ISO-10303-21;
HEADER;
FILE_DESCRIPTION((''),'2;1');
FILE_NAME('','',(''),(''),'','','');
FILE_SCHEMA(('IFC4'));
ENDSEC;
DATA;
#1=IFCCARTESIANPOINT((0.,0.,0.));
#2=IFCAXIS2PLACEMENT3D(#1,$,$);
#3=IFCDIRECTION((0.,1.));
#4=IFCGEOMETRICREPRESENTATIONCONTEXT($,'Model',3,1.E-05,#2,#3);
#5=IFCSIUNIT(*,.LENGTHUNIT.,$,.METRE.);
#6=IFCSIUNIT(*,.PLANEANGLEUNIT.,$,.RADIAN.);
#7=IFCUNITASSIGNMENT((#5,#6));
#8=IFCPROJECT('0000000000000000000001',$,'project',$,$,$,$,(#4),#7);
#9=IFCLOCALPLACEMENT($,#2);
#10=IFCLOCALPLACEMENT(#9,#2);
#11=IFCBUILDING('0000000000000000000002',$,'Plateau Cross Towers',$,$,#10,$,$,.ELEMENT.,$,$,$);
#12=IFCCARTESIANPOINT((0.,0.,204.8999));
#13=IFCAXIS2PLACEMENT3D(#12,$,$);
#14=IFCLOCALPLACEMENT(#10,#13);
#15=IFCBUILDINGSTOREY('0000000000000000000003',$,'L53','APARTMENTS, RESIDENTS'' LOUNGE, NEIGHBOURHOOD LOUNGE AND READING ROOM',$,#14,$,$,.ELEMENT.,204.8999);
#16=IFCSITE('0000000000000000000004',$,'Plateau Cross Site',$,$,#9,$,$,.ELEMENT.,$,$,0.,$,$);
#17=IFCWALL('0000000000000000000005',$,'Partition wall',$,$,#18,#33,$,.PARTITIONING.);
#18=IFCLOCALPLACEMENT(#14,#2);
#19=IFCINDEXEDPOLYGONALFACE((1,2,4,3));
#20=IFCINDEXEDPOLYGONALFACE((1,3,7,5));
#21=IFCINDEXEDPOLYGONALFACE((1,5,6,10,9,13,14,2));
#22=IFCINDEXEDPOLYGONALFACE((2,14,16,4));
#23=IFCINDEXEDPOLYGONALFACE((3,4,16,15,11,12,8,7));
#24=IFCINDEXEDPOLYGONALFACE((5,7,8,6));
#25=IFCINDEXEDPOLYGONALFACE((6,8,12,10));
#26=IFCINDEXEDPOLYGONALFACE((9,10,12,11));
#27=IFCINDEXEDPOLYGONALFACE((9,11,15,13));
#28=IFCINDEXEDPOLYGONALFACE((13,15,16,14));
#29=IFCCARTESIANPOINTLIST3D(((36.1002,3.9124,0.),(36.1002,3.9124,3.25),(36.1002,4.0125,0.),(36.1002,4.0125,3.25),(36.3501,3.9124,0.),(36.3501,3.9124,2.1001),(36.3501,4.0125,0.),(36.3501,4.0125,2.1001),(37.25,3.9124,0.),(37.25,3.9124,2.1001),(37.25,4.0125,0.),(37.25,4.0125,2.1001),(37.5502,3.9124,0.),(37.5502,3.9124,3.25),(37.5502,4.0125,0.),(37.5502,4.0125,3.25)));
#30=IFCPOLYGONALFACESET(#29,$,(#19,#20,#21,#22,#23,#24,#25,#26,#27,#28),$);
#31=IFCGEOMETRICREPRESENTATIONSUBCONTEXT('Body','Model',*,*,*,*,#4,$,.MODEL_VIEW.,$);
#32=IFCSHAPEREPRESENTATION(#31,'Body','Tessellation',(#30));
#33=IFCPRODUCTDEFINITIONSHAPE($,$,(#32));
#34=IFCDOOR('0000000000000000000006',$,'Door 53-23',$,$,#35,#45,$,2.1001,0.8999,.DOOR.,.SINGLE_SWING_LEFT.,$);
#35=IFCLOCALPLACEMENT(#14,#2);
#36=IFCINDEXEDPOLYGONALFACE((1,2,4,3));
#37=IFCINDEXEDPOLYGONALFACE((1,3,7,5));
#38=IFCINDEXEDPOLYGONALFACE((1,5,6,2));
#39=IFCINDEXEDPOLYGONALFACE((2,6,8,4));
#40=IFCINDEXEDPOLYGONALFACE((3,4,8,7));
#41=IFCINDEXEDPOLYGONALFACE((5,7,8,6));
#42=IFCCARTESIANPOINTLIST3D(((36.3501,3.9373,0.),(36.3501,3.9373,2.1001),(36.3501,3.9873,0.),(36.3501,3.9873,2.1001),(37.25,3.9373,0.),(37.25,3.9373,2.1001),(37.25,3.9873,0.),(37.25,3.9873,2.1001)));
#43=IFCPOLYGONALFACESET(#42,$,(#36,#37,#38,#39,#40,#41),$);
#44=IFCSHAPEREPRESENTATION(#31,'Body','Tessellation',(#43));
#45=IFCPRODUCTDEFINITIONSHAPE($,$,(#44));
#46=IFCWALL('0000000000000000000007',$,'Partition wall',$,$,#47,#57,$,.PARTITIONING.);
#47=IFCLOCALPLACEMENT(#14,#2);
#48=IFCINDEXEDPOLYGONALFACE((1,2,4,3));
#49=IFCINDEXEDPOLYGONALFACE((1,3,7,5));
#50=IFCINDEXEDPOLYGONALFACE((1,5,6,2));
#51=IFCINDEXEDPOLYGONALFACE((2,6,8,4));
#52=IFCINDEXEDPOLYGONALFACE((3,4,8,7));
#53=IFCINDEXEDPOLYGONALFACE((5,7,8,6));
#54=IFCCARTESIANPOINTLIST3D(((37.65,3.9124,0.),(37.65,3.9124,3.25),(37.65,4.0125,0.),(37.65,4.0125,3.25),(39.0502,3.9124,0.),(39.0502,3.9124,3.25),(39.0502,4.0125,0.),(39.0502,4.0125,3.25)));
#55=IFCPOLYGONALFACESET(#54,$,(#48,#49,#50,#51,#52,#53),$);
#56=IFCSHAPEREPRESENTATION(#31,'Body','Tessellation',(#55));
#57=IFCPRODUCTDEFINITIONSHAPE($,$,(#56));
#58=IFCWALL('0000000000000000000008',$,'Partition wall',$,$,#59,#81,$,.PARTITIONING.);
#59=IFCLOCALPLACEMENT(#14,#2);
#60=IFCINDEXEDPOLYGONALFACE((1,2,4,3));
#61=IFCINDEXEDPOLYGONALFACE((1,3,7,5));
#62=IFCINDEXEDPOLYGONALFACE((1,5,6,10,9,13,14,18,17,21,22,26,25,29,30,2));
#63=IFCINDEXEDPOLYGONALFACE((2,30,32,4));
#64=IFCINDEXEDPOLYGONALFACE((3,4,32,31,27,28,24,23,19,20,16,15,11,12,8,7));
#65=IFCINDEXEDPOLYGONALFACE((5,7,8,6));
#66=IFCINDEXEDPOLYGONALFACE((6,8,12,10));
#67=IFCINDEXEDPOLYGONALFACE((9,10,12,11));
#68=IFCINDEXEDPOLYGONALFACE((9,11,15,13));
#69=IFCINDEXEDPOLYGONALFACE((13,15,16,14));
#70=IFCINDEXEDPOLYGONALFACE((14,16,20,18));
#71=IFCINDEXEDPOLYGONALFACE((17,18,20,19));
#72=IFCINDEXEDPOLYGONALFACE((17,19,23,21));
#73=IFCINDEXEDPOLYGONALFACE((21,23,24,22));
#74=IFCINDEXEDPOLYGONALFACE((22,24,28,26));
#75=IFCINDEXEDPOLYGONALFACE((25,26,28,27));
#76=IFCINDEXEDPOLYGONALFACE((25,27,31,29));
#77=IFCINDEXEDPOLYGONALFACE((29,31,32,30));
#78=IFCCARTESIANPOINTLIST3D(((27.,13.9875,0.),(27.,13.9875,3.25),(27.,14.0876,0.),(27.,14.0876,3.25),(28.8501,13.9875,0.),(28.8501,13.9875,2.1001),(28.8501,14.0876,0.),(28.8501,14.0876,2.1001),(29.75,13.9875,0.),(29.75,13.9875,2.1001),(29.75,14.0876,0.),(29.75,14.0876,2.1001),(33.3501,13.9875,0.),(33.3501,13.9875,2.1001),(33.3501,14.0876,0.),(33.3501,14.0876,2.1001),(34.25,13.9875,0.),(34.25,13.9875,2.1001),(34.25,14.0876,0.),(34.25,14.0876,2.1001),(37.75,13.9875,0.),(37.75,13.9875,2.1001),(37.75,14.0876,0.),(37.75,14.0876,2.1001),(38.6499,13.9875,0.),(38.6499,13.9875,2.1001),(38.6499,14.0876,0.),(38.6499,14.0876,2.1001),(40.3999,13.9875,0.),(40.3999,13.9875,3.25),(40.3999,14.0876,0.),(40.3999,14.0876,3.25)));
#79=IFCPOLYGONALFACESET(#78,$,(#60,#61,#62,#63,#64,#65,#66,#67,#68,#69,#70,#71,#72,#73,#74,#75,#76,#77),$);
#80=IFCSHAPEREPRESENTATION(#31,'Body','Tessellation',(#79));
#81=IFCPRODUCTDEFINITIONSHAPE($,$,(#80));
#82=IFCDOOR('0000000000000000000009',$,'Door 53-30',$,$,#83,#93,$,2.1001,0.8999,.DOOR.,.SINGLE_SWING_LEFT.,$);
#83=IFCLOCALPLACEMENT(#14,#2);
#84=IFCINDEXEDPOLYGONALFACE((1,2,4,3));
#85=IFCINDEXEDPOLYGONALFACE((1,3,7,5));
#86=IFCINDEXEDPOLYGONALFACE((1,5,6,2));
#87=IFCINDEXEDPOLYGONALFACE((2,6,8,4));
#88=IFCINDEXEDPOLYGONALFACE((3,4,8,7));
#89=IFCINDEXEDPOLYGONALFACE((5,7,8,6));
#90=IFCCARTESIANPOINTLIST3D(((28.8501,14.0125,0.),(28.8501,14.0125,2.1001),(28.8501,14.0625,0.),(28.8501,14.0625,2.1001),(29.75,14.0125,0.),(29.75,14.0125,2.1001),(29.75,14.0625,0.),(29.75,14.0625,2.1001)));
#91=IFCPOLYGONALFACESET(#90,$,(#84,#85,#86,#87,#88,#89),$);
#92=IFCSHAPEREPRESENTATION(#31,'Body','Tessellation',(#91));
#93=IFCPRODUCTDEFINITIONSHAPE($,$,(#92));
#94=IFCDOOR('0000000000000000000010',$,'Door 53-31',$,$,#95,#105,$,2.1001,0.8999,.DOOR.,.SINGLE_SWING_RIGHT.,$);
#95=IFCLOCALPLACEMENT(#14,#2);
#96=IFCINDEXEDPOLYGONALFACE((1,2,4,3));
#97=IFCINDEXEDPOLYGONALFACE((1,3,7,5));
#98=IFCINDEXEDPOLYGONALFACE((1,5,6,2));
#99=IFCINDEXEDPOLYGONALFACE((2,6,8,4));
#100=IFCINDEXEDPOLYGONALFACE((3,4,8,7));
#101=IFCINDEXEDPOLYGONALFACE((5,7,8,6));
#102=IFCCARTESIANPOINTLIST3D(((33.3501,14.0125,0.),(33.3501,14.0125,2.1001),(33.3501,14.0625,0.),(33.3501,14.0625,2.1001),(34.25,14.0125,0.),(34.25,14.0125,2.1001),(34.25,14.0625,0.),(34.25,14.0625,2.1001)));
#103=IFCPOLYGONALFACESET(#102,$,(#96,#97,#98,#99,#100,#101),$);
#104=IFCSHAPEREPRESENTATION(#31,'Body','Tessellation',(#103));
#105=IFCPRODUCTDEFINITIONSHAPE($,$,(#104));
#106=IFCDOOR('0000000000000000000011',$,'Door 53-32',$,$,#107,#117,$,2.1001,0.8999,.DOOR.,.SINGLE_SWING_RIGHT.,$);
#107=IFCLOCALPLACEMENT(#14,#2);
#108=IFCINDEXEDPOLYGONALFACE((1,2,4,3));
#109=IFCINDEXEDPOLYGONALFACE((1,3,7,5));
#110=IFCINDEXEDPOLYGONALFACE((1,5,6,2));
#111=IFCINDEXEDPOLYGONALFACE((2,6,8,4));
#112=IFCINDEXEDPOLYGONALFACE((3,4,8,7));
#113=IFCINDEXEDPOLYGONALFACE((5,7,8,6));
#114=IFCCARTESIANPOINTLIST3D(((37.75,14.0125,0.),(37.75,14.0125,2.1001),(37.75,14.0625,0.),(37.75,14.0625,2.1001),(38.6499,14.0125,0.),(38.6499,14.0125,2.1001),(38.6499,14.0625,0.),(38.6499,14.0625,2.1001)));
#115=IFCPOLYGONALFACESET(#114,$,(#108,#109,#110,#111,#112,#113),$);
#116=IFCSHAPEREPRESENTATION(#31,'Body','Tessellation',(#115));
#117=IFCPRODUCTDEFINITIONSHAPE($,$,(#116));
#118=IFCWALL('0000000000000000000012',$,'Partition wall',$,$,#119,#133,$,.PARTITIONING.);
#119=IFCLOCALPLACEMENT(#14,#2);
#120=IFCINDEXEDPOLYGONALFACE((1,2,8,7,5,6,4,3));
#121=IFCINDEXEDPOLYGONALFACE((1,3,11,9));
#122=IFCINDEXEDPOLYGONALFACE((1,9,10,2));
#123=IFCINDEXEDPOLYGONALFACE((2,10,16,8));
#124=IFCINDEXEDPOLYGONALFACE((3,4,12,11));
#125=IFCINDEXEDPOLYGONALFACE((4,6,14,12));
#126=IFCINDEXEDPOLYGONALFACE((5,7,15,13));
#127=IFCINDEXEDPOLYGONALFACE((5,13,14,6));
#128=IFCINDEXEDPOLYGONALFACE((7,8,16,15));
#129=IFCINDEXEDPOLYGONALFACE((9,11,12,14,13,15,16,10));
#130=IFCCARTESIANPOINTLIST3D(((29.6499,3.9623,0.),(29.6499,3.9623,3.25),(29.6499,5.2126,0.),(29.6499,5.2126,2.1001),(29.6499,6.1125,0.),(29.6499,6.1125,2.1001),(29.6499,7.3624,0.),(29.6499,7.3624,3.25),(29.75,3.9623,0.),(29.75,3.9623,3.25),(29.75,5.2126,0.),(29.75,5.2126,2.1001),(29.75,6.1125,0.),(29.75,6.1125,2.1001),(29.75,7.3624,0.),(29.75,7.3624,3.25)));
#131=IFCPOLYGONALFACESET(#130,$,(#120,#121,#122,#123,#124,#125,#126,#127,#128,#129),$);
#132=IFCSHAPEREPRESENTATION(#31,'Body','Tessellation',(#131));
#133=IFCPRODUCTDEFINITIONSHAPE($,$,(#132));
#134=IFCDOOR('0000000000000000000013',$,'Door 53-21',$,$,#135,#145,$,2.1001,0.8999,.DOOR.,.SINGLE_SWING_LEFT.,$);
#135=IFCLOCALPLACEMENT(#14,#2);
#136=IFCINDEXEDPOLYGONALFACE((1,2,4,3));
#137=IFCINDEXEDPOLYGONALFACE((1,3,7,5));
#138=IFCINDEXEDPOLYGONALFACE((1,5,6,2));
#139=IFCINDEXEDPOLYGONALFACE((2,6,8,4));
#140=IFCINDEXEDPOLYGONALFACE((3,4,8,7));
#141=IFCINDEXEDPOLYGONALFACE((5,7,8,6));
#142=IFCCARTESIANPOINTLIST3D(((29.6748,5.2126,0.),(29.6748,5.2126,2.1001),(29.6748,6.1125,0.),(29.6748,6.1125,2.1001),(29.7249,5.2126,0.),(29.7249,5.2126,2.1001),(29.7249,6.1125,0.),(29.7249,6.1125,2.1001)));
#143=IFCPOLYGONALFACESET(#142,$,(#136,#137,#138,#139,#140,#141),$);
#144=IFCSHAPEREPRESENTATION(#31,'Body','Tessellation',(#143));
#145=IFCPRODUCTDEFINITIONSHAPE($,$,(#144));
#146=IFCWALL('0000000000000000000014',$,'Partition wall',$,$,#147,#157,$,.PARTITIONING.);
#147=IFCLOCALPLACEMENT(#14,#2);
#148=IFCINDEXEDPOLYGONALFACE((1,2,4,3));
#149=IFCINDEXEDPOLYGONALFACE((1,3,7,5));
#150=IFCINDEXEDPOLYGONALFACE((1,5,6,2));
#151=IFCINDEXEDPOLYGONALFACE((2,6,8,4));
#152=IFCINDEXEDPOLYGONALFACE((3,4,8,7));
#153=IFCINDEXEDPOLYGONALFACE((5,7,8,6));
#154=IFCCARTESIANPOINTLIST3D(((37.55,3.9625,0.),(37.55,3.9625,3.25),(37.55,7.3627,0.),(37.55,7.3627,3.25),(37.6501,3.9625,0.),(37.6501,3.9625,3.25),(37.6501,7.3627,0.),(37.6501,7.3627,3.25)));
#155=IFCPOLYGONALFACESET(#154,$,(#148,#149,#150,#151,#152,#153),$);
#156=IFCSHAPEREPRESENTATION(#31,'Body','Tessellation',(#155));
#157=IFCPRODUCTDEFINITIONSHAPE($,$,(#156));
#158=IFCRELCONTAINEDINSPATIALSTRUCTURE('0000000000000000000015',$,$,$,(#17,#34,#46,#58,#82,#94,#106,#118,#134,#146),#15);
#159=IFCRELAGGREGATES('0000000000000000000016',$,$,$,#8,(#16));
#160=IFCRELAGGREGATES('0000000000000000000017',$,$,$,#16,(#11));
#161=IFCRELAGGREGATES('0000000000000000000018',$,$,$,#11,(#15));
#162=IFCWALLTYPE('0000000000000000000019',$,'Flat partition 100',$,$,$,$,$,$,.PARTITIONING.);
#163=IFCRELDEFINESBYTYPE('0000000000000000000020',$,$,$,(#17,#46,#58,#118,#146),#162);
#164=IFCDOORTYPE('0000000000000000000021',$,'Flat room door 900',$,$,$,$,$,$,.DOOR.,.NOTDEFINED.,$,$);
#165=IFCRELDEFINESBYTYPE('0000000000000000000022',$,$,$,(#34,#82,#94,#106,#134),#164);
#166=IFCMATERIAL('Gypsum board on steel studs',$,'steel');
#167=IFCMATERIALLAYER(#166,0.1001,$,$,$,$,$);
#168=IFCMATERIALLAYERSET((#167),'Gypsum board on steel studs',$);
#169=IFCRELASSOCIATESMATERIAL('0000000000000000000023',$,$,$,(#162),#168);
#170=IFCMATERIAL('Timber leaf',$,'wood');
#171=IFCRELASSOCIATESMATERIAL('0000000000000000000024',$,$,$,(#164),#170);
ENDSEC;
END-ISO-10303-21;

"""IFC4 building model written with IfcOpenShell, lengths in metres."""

from ifc_helpers import new_model, si_unit, direction, frame, frame_2d, origin, place, context, subcontext, project, spatial, rectangle, extrude, material, layer, layer_set, type_object, element, fill, save


model = new_model("IFC4")

# Units and contexts
model_context = context("Model", 3, precision=1e-05, world=origin(), true_north=direction((0.0, 1.0)))
body_context = subcontext(model_context, "Body", "Model", "MODEL_VIEW")
ifc_project = project(units=[si_unit("LENGTHUNIT", "METRE"), si_unit("PLANEANGLEUNIT", "RADIAN")], contexts=[model_context])

# Site, building, storey
site_placement = place(None, origin())
site = spatial("IfcSite", under=ifc_project, at=site_placement, Name="Plateau Cross Site", CompositionType="ELEMENT", RefElevation=0.0)
building_placement = place(site_placement, origin())
building = spatial("IfcBuilding", under=site, at=building_placement, Name="Plateau Cross Towers", CompositionType="ELEMENT")
storey_placement = place(building_placement, frame((0.0, 0.0, 204.8999)))
storey = spatial("IfcBuildingStorey", under=building, at=storey_placement, Name="L53", Description="APARTMENTS, RESIDENTS' LOUNGE, NEIGHBOURHOOD LOUNGE AND READING ROOM", CompositionType="ELEMENT", Elevation=204.8999)

# Shared definitions
ifc_material_1 = material(Name="Gypsum board on steel studs", Category="steel")
ifc_layer_1 = layer(ifc_material_1, 0.1001)
ifc_layer_set_1 = layer_set([ifc_layer_1], Name="Gypsum board on steel studs")
wall_type_1 = type_object("IfcWallType", Name="Flat partition 100", PredefinedType="PARTITIONING", material=ifc_layer_set_1)
ifc_material_2 = material(Name="Timber leaf", Category="wood")
door_type_1 = type_object("IfcDoorType", Name="Flat room door 900", OperationType="NOTDEFINED", PredefinedType="DOOR", material=ifc_material_2)

# Wall, opening, door
wall_1_placement = place(storey_placement, frame((36.1001, 3.9624, 0.0), z_axis=(0.0, 0.0, 1.0), x_axis=(1.0, 0.0, 0.0)))
wall_1 = element("IfcWall", 1, at=wall_1_placement, inside=storey, type_object=wall_type_1, Name="Partition wall", PredefinedType="PARTITIONING", context=body_context, shape_type="SweptSolid", body=[
    extrude(rectangle(XDim=1.45, YDim=0.1001, at=frame_2d((0.7251, 0.0))), origin(), (0.0, 0.0, 1.0), 3.25),
])
opening_1_placement = place(wall_1_placement, frame((0.25, 0.0, 0.0)))
opening_1 = element("IfcOpeningElement", 2, at=opening_1_placement, cuts=wall_1, PredefinedType="OPENING", context=body_context, shape_type="SweptSolid", body=[
    extrude(rectangle(XDim=0.8999, YDim=2.1001, at=frame_2d((0.45, 1.05))), frame((0.0, 0.0601, 0.0), z_axis=(0.0, -1.0, 0.0), x_axis=(1.0, 0.0, 0.0)), (0.0, 0.0, 1.0), 0.1201),
])
door_1_placement = place(opening_1_placement, origin())
door_1 = element("IfcDoor", 3, at=door_1_placement, inside=storey, type_object=door_type_1, Name="Door 53-23", OperationType="SINGLE_SWING_LEFT", OverallHeight=2.1001, OverallWidth=0.8999, PredefinedType="DOOR", context=body_context, shape_type="SweptSolid", body=[
    extrude(rectangle(XDim=0.8999, YDim=2.1001, at=frame_2d((0.45, 1.05))), frame((0.0, 0.0249, 0.0), z_axis=(0.0, -1.0, 0.0), x_axis=(1.0, 0.0, 0.0)), (0.0, 0.0, 1.0), 0.05),
])
fill(opening_1, door_1)

# Wall
wall_2_placement = place(storey_placement, frame((37.6499, 3.9624, 0.0), z_axis=(0.0, 0.0, 1.0), x_axis=(1.0, 0.0, 0.0)))
element("IfcWall", 4, at=wall_2_placement, inside=storey, type_object=wall_type_1, Name="Partition wall", PredefinedType="PARTITIONING", context=body_context, shape_type="SweptSolid", body=[
    extrude(rectangle(XDim=1.4001, YDim=0.1001, at=frame_2d((0.7002, 0.0))), origin(), (0.0, 0.0, 1.0), 3.25),
])

# Wall, openings, doors
wall_3_placement = place(storey_placement, frame((27.0, 14.0376, 0.0), z_axis=(0.0, 0.0, 1.0), x_axis=(1.0, 0.0, 0.0)))
wall_3 = element("IfcWall", 5, at=wall_3_placement, inside=storey, type_object=wall_type_1, Name="Partition wall", PredefinedType="PARTITIONING", context=body_context, shape_type="SweptSolid", body=[
    extrude(rectangle(XDim=13.3999, YDim=0.1001, at=frame_2d((6.7, 0.0))), origin(), (0.0, 0.0, 1.0), 3.25),
])
opening_2_placement = place(wall_3_placement, frame((1.8501, 0.0, 0.0)))
opening_2 = element("IfcOpeningElement", 6, at=opening_2_placement, cuts=wall_3, PredefinedType="OPENING", context=body_context, shape_type="SweptSolid", body=[
    extrude(rectangle(XDim=0.8999, YDim=2.1001, at=frame_2d((0.45, 1.05))), frame((0.0, 0.0601, 0.0), z_axis=(0.0, -1.0, 0.0), x_axis=(1.0, 0.0, 0.0)), (0.0, 0.0, 1.0), 0.1201),
])
opening_3_placement = place(wall_3_placement, frame((6.3501, 0.0, 0.0)))
opening_3 = element("IfcOpeningElement", 7, at=opening_3_placement, cuts=wall_3, PredefinedType="OPENING", context=body_context, shape_type="SweptSolid", body=[
    extrude(rectangle(XDim=0.8999, YDim=2.1001, at=frame_2d((0.45, 1.05))), frame((0.0, 0.0601, 0.0), z_axis=(0.0, -1.0, 0.0), x_axis=(1.0, 0.0, 0.0)), (0.0, 0.0, 1.0), 0.1201),
])
opening_4_placement = place(wall_3_placement, frame((10.75, 0.0, 0.0)))
opening_4 = element("IfcOpeningElement", 8, at=opening_4_placement, cuts=wall_3, PredefinedType="OPENING", context=body_context, shape_type="SweptSolid", body=[
    extrude(rectangle(XDim=0.8999, YDim=2.1001, at=frame_2d((0.45, 1.05))), frame((0.0, 0.0601, 0.0), z_axis=(0.0, -1.0, 0.0), x_axis=(1.0, 0.0, 0.0)), (0.0, 0.0, 1.0), 0.1201),
])
door_2_placement = place(opening_2_placement, origin())
door_2 = element("IfcDoor", 9, at=door_2_placement, inside=storey, type_object=door_type_1, Name="Door 53-30", OperationType="SINGLE_SWING_LEFT", OverallHeight=2.1001, OverallWidth=0.8999, PredefinedType="DOOR", context=body_context, shape_type="SweptSolid", body=[
    extrude(rectangle(XDim=0.8999, YDim=2.1001, at=frame_2d((0.45, 1.05))), frame((0.0, 0.0249, 0.0), z_axis=(0.0, -1.0, 0.0), x_axis=(1.0, 0.0, 0.0)), (0.0, 0.0, 1.0), 0.05),
])
fill(opening_2, door_2)
door_3_placement = place(opening_3_placement, origin())
door_3 = element("IfcDoor", 10, at=door_3_placement, inside=storey, type_object=door_type_1, Name="Door 53-31", OperationType="SINGLE_SWING_RIGHT", OverallHeight=2.1001, OverallWidth=0.8999, PredefinedType="DOOR", context=body_context, shape_type="SweptSolid", body=[
    extrude(rectangle(XDim=0.8999, YDim=2.1001, at=frame_2d((0.45, 1.05))), frame((0.0, 0.0249, 0.0), z_axis=(0.0, -1.0, 0.0), x_axis=(1.0, 0.0, 0.0)), (0.0, 0.0, 1.0), 0.05),
])
fill(opening_3, door_3)
door_4_placement = place(opening_4_placement, origin())
door_4 = element("IfcDoor", 11, at=door_4_placement, inside=storey, type_object=door_type_1, Name="Door 53-32", OperationType="SINGLE_SWING_RIGHT", OverallHeight=2.1001, OverallWidth=0.8999, PredefinedType="DOOR", context=body_context, shape_type="SweptSolid", body=[
    extrude(rectangle(XDim=0.8999, YDim=2.1001, at=frame_2d((0.45, 1.05))), frame((0.0, 0.0249, 0.0), z_axis=(0.0, -1.0, 0.0), x_axis=(1.0, 0.0, 0.0)), (0.0, 0.0, 1.0), 0.05),
])
fill(opening_4, door_4)

# Wall, opening, door
wall_4_placement = place(storey_placement, frame((29.7, 7.3625, 0.0), z_axis=(0.0, 0.0, 1.0), x_axis=(0.0, -1.0, 0.0)))
wall_4 = element("IfcWall", 12, at=wall_4_placement, inside=storey, type_object=wall_type_1, Name="Partition wall", PredefinedType="PARTITIONING", context=body_context, shape_type="SweptSolid", body=[
    extrude(rectangle(XDim=3.4001, YDim=0.1001, at=frame_2d((1.7002, 0.0))), origin(), (0.0, 0.0, 1.0), 3.25),
])
opening_5_placement = place(wall_4_placement, frame((1.25, 0.0, 0.0)))
opening_5 = element("IfcOpeningElement", 13, at=opening_5_placement, cuts=wall_4, PredefinedType="OPENING", context=body_context, shape_type="SweptSolid", body=[
    extrude(rectangle(XDim=0.8999, YDim=2.1001, at=frame_2d((0.45, 1.05))), frame((0.0, 0.0601, 0.0), z_axis=(0.0, -1.0, 0.0), x_axis=(1.0, 0.0, 0.0)), (0.0, 0.0, 1.0), 0.1201),
])
door_5_placement = place(opening_5_placement, origin())
door_5 = element("IfcDoor", 14, at=door_5_placement, inside=storey, type_object=door_type_1, Name="Door 53-21", OperationType="SINGLE_SWING_LEFT", OverallHeight=2.1001, OverallWidth=0.8999, PredefinedType="DOOR", context=body_context, shape_type="SweptSolid", body=[
    extrude(rectangle(XDim=0.8999, YDim=2.1001, at=frame_2d((0.45, 1.05))), frame((0.0, 0.0249, 0.0), z_axis=(0.0, -1.0, 0.0), x_axis=(1.0, 0.0, 0.0)), (0.0, 0.0, 1.0), 0.05),
])
fill(opening_5, door_5)

# Wall
wall_5_placement = place(storey_placement, frame((37.6001, 3.9624, 0.0), z_axis=(0.0, 0.0, 1.0), x_axis=(0.0, 1.0, 0.0)))
element("IfcWall", 15, at=wall_5_placement, inside=storey, type_object=wall_type_1, Name="Partition wall", PredefinedType="PARTITIONING", context=body_context, shape_type="SweptSolid", body=[
    extrude(rectangle(XDim=3.4001, YDim=0.1001, at=frame_2d((1.7002, 0.0))), origin(), (0.0, 0.0, 1.0), 3.25),
])

save(model, "model.ifc")
